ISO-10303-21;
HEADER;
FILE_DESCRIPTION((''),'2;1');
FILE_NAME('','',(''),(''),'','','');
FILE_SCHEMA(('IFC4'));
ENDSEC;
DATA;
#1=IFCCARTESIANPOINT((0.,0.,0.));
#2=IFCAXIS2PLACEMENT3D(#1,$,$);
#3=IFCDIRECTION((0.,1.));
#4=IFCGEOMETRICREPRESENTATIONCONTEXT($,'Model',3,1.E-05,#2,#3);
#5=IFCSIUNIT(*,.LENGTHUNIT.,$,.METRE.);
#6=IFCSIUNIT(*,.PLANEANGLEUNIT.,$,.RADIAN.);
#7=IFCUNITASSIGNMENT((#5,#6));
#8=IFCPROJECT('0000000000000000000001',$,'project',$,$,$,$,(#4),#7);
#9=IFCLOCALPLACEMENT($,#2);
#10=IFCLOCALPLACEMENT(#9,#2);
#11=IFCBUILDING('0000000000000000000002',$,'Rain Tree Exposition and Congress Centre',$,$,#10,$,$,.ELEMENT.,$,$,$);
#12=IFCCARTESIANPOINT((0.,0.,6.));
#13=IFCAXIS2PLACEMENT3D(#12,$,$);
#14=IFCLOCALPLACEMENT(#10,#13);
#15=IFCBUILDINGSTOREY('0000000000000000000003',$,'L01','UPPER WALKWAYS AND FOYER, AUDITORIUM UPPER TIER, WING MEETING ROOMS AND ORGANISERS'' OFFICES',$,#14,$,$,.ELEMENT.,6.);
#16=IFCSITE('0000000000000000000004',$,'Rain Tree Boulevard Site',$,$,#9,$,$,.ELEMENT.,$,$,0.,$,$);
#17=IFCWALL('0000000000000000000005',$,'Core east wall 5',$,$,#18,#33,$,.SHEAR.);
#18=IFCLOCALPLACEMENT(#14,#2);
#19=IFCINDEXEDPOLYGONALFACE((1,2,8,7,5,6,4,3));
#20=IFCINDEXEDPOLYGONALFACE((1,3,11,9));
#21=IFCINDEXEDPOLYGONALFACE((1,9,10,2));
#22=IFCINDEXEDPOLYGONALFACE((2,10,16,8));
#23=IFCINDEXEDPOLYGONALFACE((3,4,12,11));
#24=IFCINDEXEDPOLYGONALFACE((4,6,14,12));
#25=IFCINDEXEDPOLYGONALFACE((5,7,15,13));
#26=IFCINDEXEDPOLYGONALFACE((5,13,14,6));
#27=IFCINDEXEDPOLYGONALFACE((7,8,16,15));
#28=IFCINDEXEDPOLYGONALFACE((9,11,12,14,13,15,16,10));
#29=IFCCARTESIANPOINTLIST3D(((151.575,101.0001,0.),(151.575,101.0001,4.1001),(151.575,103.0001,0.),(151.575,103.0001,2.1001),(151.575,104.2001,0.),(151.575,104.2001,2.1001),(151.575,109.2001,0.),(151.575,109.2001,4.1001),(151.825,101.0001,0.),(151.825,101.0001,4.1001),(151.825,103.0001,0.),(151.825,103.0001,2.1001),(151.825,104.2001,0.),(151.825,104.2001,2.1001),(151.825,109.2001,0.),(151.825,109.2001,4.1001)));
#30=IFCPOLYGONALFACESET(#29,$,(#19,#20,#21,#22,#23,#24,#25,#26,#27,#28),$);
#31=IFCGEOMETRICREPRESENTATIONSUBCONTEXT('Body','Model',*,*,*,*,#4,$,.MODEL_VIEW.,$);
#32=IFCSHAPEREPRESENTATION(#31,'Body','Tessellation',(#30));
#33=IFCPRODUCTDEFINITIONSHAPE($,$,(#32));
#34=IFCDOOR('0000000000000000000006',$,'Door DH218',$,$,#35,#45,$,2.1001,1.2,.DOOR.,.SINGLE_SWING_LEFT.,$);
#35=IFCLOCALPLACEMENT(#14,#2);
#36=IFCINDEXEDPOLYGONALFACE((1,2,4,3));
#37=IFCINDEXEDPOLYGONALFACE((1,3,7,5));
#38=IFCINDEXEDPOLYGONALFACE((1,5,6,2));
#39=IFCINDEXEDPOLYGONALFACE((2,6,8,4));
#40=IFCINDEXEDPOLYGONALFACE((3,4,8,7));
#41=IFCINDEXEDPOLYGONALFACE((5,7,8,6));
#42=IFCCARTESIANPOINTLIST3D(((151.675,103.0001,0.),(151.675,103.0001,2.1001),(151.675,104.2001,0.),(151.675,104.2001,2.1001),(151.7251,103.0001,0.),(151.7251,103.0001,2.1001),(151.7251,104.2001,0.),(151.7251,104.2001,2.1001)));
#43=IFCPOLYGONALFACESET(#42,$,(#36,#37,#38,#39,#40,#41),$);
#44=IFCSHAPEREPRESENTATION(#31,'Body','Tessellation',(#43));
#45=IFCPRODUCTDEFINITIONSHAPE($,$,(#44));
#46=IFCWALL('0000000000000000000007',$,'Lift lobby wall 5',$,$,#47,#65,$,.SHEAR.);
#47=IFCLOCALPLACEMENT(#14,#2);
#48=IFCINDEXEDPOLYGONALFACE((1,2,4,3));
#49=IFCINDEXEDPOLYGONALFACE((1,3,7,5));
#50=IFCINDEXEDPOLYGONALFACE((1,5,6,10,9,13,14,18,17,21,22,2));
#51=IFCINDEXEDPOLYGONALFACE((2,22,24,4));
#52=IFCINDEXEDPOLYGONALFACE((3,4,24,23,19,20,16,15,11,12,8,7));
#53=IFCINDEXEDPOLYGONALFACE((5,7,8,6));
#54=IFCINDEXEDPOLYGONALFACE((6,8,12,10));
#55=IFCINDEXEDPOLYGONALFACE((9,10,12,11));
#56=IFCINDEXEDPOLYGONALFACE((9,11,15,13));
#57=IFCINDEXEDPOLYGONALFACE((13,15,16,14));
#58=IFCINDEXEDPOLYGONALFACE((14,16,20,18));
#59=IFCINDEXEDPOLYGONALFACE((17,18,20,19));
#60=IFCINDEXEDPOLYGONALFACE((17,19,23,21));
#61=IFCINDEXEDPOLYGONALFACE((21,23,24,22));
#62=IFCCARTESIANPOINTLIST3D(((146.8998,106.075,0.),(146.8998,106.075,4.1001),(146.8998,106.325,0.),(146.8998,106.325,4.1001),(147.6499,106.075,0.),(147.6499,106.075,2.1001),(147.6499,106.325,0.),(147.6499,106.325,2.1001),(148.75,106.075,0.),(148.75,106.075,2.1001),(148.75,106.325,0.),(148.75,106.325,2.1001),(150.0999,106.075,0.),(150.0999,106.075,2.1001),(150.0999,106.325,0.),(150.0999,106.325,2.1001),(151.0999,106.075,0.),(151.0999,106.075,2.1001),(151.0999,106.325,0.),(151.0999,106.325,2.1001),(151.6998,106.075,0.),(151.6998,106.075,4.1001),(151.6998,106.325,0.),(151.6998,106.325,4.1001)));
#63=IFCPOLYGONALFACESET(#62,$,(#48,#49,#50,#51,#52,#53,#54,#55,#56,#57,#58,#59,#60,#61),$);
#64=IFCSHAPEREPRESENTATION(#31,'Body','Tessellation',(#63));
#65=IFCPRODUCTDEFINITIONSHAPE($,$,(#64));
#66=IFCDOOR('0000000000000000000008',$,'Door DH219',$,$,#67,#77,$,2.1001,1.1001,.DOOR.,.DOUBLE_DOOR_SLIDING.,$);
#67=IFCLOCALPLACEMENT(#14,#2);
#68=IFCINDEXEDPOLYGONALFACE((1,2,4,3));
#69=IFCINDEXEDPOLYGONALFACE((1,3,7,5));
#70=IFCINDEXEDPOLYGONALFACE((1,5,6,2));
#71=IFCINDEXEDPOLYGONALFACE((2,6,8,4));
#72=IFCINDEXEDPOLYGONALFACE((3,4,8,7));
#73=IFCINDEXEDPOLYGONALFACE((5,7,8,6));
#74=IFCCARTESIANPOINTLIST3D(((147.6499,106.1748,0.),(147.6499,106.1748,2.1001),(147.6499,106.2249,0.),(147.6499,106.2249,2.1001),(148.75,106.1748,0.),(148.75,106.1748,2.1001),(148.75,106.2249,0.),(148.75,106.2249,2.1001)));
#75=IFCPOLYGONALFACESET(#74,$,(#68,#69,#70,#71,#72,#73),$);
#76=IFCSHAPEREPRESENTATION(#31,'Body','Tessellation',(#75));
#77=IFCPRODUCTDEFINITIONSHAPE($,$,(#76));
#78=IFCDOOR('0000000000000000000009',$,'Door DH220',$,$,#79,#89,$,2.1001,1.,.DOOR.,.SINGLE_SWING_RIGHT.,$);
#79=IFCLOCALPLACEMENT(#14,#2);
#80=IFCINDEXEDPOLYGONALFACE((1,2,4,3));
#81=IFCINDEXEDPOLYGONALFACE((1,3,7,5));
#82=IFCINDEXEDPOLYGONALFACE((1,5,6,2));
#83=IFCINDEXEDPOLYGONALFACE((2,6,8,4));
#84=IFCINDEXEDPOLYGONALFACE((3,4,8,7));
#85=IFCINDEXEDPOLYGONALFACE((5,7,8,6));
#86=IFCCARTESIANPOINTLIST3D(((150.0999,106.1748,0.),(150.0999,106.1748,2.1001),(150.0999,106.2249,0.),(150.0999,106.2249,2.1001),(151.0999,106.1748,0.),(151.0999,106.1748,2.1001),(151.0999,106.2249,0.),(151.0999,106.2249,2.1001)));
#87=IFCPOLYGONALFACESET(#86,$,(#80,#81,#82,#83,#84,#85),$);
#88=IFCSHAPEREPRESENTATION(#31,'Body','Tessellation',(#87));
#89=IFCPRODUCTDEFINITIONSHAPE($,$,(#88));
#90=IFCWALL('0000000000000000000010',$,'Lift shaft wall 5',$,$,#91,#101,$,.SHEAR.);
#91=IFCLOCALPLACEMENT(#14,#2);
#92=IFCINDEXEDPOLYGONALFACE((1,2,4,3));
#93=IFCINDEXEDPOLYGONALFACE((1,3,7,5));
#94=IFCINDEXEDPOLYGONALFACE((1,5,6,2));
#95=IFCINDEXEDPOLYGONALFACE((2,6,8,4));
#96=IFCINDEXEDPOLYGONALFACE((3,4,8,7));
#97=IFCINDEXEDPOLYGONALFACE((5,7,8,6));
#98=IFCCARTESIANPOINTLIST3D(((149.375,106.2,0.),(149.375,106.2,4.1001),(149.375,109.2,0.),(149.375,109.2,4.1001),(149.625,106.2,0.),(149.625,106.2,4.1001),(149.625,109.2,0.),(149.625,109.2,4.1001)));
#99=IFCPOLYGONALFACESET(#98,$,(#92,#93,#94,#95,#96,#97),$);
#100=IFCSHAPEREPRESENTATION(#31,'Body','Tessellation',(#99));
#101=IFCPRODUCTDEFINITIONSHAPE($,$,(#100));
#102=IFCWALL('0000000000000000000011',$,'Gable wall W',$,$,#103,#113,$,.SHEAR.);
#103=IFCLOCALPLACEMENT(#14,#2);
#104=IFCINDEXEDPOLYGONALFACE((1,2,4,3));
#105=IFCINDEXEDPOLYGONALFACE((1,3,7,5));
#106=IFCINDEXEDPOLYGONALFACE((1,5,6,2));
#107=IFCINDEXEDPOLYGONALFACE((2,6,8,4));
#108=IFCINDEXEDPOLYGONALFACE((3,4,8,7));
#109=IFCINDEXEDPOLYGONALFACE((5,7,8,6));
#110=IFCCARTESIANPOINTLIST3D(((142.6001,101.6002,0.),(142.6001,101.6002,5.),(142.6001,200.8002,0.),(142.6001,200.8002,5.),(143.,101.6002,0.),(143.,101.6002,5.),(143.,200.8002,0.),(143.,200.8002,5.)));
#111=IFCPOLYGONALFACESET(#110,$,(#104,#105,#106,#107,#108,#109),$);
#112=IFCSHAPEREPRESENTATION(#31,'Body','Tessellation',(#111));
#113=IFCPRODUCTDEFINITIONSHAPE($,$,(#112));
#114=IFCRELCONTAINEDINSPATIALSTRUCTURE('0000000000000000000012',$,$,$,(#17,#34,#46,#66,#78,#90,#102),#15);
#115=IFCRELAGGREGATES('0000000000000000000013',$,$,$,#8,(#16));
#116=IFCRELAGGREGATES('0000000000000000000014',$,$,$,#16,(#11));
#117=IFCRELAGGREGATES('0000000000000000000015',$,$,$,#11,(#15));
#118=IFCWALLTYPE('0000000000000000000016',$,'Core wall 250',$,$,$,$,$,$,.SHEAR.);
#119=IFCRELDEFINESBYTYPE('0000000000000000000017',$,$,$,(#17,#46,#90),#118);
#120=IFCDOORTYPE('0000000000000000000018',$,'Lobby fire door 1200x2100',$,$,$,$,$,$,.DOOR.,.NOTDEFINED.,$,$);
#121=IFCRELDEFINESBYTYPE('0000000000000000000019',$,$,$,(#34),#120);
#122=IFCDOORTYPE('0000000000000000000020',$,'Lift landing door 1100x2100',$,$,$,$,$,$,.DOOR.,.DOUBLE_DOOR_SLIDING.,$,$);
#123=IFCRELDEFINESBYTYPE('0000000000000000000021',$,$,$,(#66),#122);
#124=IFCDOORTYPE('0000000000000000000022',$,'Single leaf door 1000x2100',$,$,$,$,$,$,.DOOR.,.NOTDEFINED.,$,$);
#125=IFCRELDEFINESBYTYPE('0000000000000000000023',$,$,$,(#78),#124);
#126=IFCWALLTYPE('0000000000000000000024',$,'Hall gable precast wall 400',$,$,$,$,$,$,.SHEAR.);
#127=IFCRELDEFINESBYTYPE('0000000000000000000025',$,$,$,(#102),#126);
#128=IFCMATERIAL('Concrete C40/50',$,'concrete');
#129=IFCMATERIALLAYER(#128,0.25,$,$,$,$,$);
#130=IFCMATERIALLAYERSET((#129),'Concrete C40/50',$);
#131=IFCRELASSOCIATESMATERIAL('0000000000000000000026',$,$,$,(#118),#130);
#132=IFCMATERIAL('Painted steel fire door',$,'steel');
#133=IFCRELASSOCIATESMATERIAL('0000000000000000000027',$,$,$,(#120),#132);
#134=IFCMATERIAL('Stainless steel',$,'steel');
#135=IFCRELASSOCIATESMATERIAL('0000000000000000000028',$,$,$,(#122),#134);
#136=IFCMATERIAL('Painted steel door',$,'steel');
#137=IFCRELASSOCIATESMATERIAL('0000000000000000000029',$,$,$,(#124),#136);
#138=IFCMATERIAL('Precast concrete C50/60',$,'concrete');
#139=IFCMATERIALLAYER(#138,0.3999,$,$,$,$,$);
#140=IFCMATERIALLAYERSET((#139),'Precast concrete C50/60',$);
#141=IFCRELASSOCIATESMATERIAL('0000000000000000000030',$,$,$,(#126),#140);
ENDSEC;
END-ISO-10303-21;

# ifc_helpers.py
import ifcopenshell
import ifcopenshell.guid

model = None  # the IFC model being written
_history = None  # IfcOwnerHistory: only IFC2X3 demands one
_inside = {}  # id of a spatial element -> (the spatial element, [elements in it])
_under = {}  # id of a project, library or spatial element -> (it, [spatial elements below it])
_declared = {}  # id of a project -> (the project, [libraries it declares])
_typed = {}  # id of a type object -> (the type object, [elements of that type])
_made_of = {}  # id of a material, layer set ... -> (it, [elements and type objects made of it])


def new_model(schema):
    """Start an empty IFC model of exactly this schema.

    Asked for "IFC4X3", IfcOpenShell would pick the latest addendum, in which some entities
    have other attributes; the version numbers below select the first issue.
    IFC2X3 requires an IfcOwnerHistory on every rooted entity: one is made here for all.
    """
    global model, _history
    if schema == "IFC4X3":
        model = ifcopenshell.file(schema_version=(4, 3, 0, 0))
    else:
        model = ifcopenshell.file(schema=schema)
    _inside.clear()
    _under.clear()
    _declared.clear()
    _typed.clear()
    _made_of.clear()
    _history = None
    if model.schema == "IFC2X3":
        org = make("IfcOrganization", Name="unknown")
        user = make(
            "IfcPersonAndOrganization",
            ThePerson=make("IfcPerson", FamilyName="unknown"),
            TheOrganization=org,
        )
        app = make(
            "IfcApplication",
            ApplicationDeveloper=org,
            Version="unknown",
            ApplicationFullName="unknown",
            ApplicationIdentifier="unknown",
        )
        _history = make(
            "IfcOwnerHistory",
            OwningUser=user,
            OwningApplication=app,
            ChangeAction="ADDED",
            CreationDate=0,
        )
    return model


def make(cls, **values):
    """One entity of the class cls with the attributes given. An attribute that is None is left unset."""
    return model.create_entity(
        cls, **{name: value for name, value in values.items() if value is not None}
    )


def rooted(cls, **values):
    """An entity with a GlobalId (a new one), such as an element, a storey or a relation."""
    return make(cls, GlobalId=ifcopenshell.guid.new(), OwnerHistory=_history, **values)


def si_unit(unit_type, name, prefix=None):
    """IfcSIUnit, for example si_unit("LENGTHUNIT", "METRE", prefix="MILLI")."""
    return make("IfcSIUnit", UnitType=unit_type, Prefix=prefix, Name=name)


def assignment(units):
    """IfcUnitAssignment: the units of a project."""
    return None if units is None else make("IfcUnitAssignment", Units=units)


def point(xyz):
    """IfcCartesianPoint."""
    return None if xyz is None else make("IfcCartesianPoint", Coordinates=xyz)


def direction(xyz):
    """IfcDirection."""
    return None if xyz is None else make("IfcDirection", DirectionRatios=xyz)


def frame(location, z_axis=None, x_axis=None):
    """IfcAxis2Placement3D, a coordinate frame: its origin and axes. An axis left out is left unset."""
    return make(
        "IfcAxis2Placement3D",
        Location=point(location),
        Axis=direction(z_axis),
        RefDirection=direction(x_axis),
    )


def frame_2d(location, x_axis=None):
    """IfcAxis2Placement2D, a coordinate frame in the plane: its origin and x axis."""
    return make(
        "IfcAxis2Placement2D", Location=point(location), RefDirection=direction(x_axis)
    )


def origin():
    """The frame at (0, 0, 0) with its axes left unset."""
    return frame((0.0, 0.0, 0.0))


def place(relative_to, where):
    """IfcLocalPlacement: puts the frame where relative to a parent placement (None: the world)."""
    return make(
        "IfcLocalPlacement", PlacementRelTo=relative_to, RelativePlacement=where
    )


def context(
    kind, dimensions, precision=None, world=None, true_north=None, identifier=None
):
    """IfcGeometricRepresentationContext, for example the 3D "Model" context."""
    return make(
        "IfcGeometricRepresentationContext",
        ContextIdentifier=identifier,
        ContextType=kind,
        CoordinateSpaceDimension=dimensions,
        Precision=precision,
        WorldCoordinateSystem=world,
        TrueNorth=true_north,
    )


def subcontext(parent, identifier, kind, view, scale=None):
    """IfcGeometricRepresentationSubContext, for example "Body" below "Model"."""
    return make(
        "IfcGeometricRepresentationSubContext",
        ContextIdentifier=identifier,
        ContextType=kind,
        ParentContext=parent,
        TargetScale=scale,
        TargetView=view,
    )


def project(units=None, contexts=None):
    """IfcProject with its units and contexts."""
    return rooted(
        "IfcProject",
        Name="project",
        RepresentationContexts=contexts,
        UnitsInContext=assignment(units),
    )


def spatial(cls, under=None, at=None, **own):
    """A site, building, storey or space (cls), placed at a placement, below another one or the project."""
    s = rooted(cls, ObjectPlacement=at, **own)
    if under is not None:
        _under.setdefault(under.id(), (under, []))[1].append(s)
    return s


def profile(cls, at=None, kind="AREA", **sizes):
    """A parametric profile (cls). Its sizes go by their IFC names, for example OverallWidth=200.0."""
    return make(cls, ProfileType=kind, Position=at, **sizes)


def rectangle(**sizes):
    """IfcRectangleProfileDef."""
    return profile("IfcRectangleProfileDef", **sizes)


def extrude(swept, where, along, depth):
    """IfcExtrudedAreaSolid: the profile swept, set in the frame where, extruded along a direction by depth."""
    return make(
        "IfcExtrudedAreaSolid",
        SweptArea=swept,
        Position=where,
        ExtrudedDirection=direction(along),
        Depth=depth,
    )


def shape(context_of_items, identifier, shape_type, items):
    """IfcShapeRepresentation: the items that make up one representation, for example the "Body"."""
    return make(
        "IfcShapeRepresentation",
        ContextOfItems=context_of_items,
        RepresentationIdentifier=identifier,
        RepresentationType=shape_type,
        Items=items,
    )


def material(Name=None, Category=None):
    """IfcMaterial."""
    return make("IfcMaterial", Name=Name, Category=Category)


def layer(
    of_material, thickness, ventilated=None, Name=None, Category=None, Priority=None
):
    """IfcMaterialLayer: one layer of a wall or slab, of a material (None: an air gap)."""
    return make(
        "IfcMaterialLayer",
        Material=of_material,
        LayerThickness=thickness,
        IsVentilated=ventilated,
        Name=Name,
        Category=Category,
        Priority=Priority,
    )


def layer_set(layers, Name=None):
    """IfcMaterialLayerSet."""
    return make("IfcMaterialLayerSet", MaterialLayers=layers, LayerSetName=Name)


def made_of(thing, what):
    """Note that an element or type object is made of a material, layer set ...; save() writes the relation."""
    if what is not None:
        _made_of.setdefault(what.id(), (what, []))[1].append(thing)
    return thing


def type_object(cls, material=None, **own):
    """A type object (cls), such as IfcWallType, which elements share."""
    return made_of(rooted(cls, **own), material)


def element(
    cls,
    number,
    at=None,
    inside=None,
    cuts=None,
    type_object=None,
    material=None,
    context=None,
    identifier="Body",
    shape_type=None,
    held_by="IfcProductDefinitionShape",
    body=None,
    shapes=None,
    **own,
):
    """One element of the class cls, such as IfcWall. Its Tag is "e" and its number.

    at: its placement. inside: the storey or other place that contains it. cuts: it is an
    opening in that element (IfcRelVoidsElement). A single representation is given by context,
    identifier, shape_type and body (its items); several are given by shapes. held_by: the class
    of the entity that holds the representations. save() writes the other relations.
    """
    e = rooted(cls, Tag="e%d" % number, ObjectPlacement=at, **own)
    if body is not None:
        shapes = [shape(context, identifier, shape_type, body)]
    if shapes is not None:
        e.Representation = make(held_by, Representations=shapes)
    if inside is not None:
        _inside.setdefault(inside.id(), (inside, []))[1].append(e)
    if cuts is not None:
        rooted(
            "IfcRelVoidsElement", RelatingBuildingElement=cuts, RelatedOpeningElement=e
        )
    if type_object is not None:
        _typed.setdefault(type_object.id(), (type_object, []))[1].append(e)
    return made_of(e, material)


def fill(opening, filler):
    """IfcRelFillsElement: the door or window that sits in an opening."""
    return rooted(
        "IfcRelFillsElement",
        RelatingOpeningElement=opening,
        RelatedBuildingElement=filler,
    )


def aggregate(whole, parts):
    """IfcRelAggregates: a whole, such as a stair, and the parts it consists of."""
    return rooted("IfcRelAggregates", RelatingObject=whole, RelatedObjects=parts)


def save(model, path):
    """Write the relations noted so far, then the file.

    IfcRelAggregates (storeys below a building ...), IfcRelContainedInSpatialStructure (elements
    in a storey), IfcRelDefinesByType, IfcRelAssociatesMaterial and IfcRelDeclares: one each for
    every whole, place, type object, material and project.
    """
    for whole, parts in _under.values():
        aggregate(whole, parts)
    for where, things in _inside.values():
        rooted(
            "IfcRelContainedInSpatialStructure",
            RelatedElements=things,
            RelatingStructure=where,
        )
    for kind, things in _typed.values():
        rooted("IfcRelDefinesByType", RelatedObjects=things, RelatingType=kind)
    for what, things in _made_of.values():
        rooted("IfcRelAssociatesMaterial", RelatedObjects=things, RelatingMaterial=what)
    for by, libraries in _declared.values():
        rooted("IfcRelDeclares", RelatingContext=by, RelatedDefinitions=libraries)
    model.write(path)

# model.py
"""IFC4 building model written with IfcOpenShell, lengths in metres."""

from ifc_helpers import new_model, si_unit, direction, frame, frame_2d, origin, place, context, subcontext, project, spatial, rectangle, extrude, material, layer, layer_set, type_object, element, fill, save


model = new_model("IFC4")

# Units and contexts
model_context = context("Model", 3, precision=1e-05, world=origin(), true_north=direction((0.0, 1.0)))
body_context = subcontext(model_context, "Body", "Model", "MODEL_VIEW")
ifc_project = project(units=[si_unit("LENGTHUNIT", "METRE"), si_unit("PLANEANGLEUNIT", "RADIAN")], contexts=[model_context])

# Site, building, storey
site_placement = place(None, origin())
site = spatial("IfcSite", under=ifc_project, at=site_placement, Name="Rain Tree Boulevard Site", CompositionType="ELEMENT", RefElevation=0.0)
building_placement = place(site_placement, origin())
building = spatial("IfcBuilding", under=site, at=building_placement, Name="Rain Tree Exposition and Congress Centre", CompositionType="ELEMENT")
storey_placement = place(building_placement, frame((0.0, 0.0, 6.0)))
storey = spatial("IfcBuildingStorey", under=building, at=storey_placement, Name="L01", Description="UPPER WALKWAYS AND FOYER, AUDITORIUM UPPER TIER, WING MEETING ROOMS AND ORGANISERS' OFFICES", CompositionType="ELEMENT", Elevation=6.0)

# Shared definitions
ifc_material_1 = material(Name="Concrete C40/50", Category="concrete")
ifc_layer_1 = layer(ifc_material_1, 0.25)
ifc_layer_set_1 = layer_set([ifc_layer_1], Name="Concrete C40/50")
wall_type_1 = type_object("IfcWallType", Name="Core wall 250", PredefinedType="SHEAR", material=ifc_layer_set_1)

# Wall, opening, door
wall_1_placement = place(storey_placement, frame((151.7, 101.0, 0.0), z_axis=(0.0, 0.0, 1.0), x_axis=(0.0, 1.0, 0.0)))
wall_1 = element("IfcWall", 1, at=wall_1_placement, inside=storey, type_object=wall_type_1, Name="Core east wall 5", PredefinedType="SHEAR", context=body_context, shape_type="SweptSolid", body=[
    extrude(rectangle(XDim=8.2, YDim=0.25, at=frame_2d((4.1001, 0.0))), origin(), (0.0, 0.0, 1.0), 4.1001),
])
opening_1_placement = place(wall_1_placement, frame((2.0, 0.0, 0.0)))
opening_1 = element("IfcOpeningElement", 2, at=opening_1_placement, cuts=wall_1, PredefinedType="OPENING", context=body_context, shape_type="SweptSolid", body=[
    extrude(rectangle(XDim=1.2, YDim=2.1001, at=frame_2d((0.6001, 1.05))), frame((0.0, 0.125, 0.0), z_axis=(0.0, -1.0, 0.0), x_axis=(1.0, 0.0, 0.0)), (0.0, 0.0, 1.0), 0.25),
])
ifc_material_2 = material(Name="Painted steel fire door", Category="steel")
door_type_1 = type_object("IfcDoorType", Name="Lobby fire door 1200x2100", OperationType="NOTDEFINED", PredefinedType="DOOR", material=ifc_material_2)
door_1_placement = place(opening_1_placement, origin())
door_1 = element("IfcDoor", 3, at=door_1_placement, inside=storey, type_object=door_type_1, Name="Door DH218", OperationType="SINGLE_SWING_LEFT", OverallHeight=2.1001, OverallWidth=1.2, PredefinedType="DOOR", context=body_context, shape_type="SweptSolid", body=[
    extrude(rectangle(XDim=1.2, YDim=2.1001, at=frame_2d((0.6001, 1.05))), frame((0.0, 0.0249, 0.0), z_axis=(0.0, -1.0, 0.0), x_axis=(1.0, 0.0, 0.0)), (0.0, 0.0, 1.0), 0.05),
])
fill(opening_1, door_1)

# Wall, openings, doors
wall_2_placement = place(storey_placement, frame((146.8999, 106.2, 0.0), z_axis=(0.0, 0.0, 1.0), x_axis=(1.0, 0.0, 0.0)))
wall_2 = element("IfcWall", 4, at=wall_2_placement, inside=storey, type_object=wall_type_1, Name="Lift lobby wall 5", PredefinedType="SHEAR", context=body_context, shape_type="SweptSolid", body=[
    extrude(rectangle(XDim=4.8, YDim=0.25, at=frame_2d((2.3999, 0.0))), origin(), (0.0, 0.0, 1.0), 4.1001),
])
opening_2_placement = place(wall_2_placement, frame((0.75, 0.0, 0.0)))
opening_2 = element("IfcOpeningElement", 5, at=opening_2_placement, cuts=wall_2, PredefinedType="OPENING", context=body_context, shape_type="SweptSolid", body=[
    extrude(rectangle(XDim=1.1001, YDim=2.1001, at=frame_2d((0.55, 1.05))), frame((0.0, 0.125, 0.0), z_axis=(0.0, -1.0, 0.0), x_axis=(1.0, 0.0, 0.0)), (0.0, 0.0, 1.0), 0.25),
])
opening_3_placement = place(wall_2_placement, frame((3.2, 0.0, 0.0)))
opening_3 = element("IfcOpeningElement", 6, at=opening_3_placement, cuts=wall_2, PredefinedType="OPENING", context=body_context, shape_type="SweptSolid", body=[
    extrude(rectangle(XDim=1.0, YDim=2.1001, at=frame_2d((0.5, 1.05))), frame((0.0, 0.125, 0.0), z_axis=(0.0, -1.0, 0.0), x_axis=(1.0, 0.0, 0.0)), (0.0, 0.0, 1.0), 0.25),
])
ifc_material_3 = material(Name="Stainless steel", Category="steel")
door_type_2 = type_object("IfcDoorType", Name="Lift landing door 1100x2100", OperationType="DOUBLE_DOOR_SLIDING", PredefinedType="DOOR", material=ifc_material_3)
door_2_placement = place(opening_2_placement, origin())
door_2 = element("IfcDoor", 7, at=door_2_placement, inside=storey, type_object=door_type_2, Name="Door DH219", OperationType="DOUBLE_DOOR_SLIDING", OverallHeight=2.1001, OverallWidth=1.1001, PredefinedType="DOOR", context=body_context, shape_type="SweptSolid", body=[
    extrude(rectangle(XDim=1.1001, YDim=2.1001, at=frame_2d((0.55, 1.05))), frame((0.0, 0.0249, 0.0), z_axis=(0.0, -1.0, 0.0), x_axis=(1.0, 0.0, 0.0)), (0.0, 0.0, 1.0), 0.05),
])
fill(opening_2, door_2)
ifc_material_4 = material(Name="Painted steel door", Category="steel")
door_type_3 = type_object("IfcDoorType", Name="Single leaf door 1000x2100", OperationType="NOTDEFINED", PredefinedType="DOOR", material=ifc_material_4)
door_3_placement = place(opening_3_placement, origin())
door_3 = element("IfcDoor", 8, at=door_3_placement, inside=storey, type_object=door_type_3, Name="Door DH220", OperationType="SINGLE_SWING_RIGHT", OverallHeight=2.1001, OverallWidth=1.0, PredefinedType="DOOR", context=body_context, shape_type="SweptSolid", body=[
    extrude(rectangle(XDim=1.0, YDim=2.1001, at=frame_2d((0.5, 1.05))), frame((0.0, 0.0249, 0.0), z_axis=(0.0, -1.0, 0.0), x_axis=(1.0, 0.0, 0.0)), (0.0, 0.0, 1.0), 0.05),
])
fill(opening_3, door_3)

# Walls
wall_3_placement = place(storey_placement, frame((149.5, 106.2, 0.0), z_axis=(0.0, 0.0, 1.0), x_axis=(0.0, 1.0, 0.0)))
element("IfcWall", 9, at=wall_3_placement, inside=storey, type_object=wall_type_1, Name="Lift shaft wall 5", PredefinedType="SHEAR", context=body_context, shape_type="SweptSolid", body=[
    extrude(rectangle(XDim=3.0, YDim=0.25, at=frame_2d((1.5, 0.0))), origin(), (0.0, 0.0, 1.0), 4.1001),
])
ifc_material_5 = material(Name="Precast concrete C50/60", Category="concrete")
ifc_layer_2 = layer(ifc_material_5, 0.3999)
ifc_layer_set_2 = layer_set([ifc_layer_2], Name="Precast concrete C50/60")
wall_type_2 = type_object("IfcWallType", Name="Hall gable precast wall 400", PredefinedType="SHEAR", material=ifc_layer_set_2)
wall_4_placement = place(storey_placement, frame((142.8, 101.6001, 0.0), z_axis=(0.0, 0.0, 1.0), x_axis=(0.0, 1.0, 0.0)))
element("IfcWall", 10, at=wall_4_placement, inside=storey, type_object=wall_type_2, Name="Gable wall W", PredefinedType="SHEAR", context=body_context, shape_type="SweptSolid", body=[
    extrude(rectangle(XDim=99.2, YDim=0.3999, at=frame_2d((49.6001, 0.0))), origin(), (0.0, 0.0, 1.0), 5.0),
])

save(model, "model.ifc")
